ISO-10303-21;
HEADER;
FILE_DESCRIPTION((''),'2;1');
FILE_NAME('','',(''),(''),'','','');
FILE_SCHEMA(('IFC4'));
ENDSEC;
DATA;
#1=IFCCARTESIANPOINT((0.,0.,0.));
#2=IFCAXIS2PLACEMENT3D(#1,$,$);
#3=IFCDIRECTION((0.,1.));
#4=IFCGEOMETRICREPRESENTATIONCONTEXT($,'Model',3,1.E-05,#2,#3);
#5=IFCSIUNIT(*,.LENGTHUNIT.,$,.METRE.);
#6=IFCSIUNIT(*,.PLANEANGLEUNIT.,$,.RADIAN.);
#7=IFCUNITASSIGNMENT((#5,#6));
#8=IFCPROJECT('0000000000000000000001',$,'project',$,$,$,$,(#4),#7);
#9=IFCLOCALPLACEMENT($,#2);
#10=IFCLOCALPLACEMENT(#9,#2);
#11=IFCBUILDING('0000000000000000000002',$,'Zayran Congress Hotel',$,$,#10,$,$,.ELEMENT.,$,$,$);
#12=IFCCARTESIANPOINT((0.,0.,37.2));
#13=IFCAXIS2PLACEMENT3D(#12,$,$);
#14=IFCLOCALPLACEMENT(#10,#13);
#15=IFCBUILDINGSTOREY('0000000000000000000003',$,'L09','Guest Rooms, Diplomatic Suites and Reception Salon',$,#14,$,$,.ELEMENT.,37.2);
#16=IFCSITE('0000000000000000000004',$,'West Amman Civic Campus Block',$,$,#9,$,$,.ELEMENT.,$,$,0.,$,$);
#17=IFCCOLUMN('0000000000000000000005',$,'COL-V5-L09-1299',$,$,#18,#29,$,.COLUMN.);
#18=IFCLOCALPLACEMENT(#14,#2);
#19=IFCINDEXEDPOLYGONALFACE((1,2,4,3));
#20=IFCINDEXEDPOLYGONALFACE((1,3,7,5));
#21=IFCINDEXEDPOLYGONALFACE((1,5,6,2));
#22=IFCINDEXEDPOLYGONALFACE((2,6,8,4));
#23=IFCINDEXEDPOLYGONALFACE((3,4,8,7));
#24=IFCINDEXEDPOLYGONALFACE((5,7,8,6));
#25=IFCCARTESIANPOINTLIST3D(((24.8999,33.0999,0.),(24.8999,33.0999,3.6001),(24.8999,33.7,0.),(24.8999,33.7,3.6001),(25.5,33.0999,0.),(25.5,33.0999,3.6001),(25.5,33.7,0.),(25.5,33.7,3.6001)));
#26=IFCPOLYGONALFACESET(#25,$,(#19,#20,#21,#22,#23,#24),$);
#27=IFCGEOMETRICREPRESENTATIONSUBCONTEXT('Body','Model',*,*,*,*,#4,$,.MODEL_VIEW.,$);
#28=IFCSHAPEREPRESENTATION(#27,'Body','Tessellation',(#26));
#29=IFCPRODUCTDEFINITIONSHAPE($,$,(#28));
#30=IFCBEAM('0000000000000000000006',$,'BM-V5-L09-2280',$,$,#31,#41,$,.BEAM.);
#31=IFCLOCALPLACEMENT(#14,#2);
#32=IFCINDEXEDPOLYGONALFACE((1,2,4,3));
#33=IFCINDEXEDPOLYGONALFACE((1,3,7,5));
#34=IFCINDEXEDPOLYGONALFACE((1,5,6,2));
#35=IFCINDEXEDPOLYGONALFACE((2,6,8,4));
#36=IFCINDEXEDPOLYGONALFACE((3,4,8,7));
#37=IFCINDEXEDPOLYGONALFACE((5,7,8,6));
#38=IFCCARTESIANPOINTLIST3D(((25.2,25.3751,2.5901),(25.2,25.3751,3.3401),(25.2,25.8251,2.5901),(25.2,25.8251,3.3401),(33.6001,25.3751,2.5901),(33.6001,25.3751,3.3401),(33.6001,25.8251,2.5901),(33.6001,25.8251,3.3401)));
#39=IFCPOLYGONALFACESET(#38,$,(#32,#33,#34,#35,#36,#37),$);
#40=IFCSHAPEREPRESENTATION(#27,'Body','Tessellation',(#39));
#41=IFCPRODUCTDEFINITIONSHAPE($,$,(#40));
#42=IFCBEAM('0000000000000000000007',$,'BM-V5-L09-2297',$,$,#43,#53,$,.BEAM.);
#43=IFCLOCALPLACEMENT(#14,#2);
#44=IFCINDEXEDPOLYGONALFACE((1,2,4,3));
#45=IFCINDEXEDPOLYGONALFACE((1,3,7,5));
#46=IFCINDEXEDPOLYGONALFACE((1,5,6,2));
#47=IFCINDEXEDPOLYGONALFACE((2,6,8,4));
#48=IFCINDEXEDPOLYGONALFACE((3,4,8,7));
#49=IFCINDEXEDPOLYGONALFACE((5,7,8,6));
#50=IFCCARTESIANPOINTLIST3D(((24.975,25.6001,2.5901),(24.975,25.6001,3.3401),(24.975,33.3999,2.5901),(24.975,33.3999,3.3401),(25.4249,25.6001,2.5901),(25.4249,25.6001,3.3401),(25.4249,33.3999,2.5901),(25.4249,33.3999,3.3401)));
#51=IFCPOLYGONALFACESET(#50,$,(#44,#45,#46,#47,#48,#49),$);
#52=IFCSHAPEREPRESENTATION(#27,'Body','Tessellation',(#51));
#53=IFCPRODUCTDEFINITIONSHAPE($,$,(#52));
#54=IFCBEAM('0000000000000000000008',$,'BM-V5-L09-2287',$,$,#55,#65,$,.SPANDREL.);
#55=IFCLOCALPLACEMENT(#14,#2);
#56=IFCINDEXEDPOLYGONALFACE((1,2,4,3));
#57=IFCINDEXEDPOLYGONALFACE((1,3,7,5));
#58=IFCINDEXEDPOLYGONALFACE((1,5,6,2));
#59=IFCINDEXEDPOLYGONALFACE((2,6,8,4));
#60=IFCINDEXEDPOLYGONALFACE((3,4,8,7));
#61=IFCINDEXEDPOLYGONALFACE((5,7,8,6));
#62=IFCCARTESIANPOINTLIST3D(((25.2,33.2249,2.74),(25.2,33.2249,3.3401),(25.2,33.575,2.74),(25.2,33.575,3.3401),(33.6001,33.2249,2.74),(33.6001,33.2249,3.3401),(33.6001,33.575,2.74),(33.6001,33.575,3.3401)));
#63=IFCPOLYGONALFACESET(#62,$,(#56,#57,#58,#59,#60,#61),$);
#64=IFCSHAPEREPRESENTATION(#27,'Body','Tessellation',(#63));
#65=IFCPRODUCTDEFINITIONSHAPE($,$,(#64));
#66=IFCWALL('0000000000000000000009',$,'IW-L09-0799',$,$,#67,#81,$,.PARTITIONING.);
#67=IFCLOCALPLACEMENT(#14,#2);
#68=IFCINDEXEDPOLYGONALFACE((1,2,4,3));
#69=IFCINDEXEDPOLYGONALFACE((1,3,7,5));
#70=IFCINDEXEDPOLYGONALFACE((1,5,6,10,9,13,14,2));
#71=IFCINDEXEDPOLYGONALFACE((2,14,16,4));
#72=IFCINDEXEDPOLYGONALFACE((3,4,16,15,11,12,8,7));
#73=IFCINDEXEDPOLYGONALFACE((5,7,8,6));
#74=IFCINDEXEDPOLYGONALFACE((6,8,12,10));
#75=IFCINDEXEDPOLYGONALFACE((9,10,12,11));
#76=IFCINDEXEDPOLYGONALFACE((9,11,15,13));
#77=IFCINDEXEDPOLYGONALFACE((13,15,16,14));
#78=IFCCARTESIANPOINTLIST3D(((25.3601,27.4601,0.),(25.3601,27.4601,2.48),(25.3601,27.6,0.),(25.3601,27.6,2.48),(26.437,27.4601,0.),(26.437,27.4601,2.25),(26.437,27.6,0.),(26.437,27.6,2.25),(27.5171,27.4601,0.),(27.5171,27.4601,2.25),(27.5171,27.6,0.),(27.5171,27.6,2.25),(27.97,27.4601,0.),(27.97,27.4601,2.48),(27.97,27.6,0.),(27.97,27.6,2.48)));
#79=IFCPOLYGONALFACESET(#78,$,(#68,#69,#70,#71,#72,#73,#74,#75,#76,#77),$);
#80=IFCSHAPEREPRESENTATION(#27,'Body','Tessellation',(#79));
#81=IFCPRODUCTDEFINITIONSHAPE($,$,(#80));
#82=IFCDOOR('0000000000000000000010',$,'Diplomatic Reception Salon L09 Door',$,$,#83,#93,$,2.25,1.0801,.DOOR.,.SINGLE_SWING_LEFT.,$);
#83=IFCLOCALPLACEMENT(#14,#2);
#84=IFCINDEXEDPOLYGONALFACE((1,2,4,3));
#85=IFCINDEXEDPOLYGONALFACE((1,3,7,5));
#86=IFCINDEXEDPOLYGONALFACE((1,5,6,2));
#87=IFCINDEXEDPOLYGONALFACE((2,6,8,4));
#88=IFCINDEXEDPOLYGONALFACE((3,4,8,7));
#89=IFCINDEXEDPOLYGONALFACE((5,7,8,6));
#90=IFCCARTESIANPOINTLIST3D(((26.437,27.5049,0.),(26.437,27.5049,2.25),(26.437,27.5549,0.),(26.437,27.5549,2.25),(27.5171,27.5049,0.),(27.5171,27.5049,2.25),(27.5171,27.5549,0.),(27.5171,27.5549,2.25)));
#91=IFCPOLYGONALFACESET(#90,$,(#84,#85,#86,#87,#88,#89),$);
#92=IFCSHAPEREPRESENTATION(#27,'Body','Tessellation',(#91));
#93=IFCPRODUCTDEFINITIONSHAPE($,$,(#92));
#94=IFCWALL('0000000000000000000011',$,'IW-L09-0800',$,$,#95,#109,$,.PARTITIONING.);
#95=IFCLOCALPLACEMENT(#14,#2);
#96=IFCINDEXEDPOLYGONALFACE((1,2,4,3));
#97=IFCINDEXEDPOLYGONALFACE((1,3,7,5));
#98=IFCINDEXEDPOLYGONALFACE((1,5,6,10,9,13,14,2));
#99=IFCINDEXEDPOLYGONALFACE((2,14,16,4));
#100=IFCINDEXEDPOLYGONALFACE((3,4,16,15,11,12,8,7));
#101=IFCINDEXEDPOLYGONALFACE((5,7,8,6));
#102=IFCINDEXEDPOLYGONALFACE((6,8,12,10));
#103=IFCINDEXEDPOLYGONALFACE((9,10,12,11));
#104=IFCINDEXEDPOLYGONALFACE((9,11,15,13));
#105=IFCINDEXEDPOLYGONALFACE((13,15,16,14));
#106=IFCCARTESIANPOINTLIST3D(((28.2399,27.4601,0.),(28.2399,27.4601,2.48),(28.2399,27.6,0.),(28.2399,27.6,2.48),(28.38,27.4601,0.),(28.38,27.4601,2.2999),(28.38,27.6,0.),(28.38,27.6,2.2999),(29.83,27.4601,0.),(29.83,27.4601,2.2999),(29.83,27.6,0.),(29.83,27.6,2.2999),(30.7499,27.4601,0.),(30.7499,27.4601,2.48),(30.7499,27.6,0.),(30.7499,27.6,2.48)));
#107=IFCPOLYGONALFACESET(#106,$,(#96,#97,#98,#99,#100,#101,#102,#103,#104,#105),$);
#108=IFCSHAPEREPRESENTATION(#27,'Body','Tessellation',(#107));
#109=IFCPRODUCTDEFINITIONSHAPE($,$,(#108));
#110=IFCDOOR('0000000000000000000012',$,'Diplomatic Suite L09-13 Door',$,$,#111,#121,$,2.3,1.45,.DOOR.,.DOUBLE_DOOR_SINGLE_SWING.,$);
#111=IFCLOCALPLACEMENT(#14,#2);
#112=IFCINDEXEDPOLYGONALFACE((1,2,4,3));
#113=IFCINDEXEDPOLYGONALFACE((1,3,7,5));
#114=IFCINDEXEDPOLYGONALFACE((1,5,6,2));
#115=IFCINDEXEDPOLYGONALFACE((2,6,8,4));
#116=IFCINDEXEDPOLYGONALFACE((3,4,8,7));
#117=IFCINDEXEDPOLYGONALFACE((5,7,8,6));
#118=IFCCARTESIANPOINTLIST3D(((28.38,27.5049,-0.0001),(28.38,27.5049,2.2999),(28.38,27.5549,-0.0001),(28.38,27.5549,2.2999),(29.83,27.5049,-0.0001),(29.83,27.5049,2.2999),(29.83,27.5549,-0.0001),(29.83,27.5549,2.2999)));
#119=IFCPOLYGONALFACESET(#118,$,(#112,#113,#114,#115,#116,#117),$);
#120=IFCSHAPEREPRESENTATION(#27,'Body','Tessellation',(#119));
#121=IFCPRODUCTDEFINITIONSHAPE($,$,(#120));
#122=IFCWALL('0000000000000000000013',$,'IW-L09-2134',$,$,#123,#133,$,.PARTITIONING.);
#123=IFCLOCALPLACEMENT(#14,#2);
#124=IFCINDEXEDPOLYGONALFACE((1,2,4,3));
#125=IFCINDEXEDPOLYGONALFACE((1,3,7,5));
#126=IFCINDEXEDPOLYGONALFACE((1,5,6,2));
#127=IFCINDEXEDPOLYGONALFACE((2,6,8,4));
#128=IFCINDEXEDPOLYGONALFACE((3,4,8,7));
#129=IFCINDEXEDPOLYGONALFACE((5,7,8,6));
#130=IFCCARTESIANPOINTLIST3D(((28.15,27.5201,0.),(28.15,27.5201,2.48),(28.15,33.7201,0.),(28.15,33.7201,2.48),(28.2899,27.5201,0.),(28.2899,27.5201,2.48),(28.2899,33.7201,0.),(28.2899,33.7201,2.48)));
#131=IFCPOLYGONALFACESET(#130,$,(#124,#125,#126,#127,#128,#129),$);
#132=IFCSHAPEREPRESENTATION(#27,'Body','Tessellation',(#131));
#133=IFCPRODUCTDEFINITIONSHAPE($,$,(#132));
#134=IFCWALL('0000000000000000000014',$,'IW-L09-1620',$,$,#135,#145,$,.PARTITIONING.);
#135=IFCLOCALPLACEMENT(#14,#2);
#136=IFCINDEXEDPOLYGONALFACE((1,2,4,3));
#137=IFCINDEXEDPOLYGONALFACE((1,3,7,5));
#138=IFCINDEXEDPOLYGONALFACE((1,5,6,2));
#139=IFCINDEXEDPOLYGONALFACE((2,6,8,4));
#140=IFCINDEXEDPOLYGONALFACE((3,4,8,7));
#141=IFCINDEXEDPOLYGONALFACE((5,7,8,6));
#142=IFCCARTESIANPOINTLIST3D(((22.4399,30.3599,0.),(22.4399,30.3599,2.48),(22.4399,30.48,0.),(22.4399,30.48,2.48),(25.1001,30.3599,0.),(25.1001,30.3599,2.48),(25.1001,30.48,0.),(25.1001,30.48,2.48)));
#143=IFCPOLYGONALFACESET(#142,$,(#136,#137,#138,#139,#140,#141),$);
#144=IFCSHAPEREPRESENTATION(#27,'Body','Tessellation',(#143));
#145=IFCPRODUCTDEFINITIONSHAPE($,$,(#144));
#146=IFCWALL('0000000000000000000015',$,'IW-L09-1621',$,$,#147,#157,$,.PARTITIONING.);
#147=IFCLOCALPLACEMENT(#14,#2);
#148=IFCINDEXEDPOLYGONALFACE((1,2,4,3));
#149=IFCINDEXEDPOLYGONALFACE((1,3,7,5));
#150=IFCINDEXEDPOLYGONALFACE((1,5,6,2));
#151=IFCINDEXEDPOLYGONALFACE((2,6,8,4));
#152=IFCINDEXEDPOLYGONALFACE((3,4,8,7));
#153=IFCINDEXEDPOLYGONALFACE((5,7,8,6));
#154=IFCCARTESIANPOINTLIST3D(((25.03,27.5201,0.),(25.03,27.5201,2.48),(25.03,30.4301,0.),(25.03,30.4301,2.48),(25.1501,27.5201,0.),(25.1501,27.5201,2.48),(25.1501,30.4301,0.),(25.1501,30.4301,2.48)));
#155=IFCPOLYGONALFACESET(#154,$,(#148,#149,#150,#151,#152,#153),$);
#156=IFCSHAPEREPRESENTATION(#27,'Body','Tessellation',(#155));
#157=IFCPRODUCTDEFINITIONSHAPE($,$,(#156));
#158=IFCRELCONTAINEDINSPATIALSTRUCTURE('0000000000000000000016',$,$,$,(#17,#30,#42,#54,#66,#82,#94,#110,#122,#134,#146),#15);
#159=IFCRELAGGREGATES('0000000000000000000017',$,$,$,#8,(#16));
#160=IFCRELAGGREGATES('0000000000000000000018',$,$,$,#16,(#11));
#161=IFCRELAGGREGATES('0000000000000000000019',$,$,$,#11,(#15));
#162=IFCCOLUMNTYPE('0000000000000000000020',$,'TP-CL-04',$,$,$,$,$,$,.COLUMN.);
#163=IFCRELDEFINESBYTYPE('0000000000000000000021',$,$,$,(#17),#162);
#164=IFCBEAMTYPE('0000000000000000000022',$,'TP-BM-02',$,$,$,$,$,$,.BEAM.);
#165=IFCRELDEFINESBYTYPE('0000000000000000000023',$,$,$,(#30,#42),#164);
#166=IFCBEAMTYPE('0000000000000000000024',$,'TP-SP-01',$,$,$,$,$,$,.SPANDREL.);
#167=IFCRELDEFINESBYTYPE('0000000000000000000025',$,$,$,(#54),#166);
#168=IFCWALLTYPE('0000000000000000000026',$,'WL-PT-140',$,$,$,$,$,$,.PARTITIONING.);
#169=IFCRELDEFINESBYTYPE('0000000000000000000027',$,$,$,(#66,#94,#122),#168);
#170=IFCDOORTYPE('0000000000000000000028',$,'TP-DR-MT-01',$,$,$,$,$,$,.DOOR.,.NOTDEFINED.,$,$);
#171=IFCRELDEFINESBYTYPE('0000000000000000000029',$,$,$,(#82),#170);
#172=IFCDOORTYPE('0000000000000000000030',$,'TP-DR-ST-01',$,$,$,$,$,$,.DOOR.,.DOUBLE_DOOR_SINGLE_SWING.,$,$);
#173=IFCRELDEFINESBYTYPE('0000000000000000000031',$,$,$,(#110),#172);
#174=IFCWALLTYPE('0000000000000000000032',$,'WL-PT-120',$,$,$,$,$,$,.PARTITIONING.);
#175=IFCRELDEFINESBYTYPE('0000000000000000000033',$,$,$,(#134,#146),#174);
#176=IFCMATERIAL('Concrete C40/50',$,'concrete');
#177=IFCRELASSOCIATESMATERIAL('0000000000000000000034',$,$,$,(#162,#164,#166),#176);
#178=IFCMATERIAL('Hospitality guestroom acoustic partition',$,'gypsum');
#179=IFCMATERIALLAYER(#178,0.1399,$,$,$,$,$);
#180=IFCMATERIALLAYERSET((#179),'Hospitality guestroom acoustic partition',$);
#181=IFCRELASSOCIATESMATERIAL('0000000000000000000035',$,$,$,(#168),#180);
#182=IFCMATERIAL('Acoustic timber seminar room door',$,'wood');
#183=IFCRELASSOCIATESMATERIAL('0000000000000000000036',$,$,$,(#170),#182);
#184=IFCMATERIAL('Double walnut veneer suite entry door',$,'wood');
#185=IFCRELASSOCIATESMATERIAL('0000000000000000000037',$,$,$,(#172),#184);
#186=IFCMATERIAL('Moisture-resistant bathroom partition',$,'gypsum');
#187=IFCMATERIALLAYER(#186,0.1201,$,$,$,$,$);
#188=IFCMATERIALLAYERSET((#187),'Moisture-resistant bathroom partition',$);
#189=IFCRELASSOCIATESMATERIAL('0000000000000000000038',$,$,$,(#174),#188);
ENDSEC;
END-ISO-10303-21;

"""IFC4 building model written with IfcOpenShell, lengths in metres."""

from ifc_helpers import new_model, si_unit, direction, frame, frame_2d, origin, origin_2d, place, context, subcontext, project, spatial, rectangle, extrude, material, layer, layer_set, material_profile, profile_set, type_object, element, fill, save


model = new_model("IFC4")

# Units and contexts
model_context = context("Model", 3, precision=1e-05, world=origin(), true_north=direction((0.0, 1.0)))
body_context = subcontext(model_context, "Body", "Model", "MODEL_VIEW")
ifc_project = project(units=[si_unit("LENGTHUNIT", "METRE"), si_unit("PLANEANGLEUNIT", "RADIAN")], contexts=[model_context])

# Site, building, storey
site_placement = place(None, origin())
site = spatial("IfcSite", under=ifc_project, at=site_placement, Name="West Amman Civic Campus Block", CompositionType="ELEMENT", RefElevation=0.0)
building_placement = place(site_placement, origin())
building = spatial("IfcBuilding", under=site, at=building_placement, Name="Zayran Congress Hotel", CompositionType="ELEMENT")
storey_placement = place(building_placement, frame((0.0, 0.0, 37.2)))
storey = spatial("IfcBuildingStorey", under=building, at=storey_placement, Name="L09", Description="Guest Rooms, Diplomatic Suites and Reception Salon", CompositionType="ELEMENT", Elevation=37.2)

# Column
ifc_material_1 = material(Name="Concrete C40/50", Category="concrete")
ifc_material_profile_1 = material_profile(ifc_material_1, rectangle(XDim=0.6001, YDim=0.6001, at=origin_2d()), Name="RC 600x600")
ifc_profile_set_1 = profile_set([ifc_material_profile_1], Name="Concrete C40/50")
column_type = type_object("IfcColumnType", Name="TP-CL-04", PredefinedType="COLUMN", material=ifc_profile_set_1)
column_placement = place(storey_placement, frame((25.2, 33.3999, 0.0), z_axis=(0.0, 0.0, 1.0), x_axis=(1.0, 0.0, 0.0)))
element("IfcColumn", 1, at=column_placement, inside=storey, type_object=column_type, Name="COL-V5-L09-1299", PredefinedType="COLUMN", context=body_context, shape_type="SweptSolid", body=[
    extrude(rectangle(XDim=0.6001, YDim=0.6001, at=origin_2d()), origin(), (0.0, 0.0, 1.0), 3.6001),
])

# Beams
ifc_material_profile_2 = material_profile(ifc_material_1, rectangle(XDim=0.45, YDim=0.75, at=origin_2d()), Name="RC 450x750")
ifc_profile_set_2 = profile_set([ifc_material_profile_2], Name="Concrete C40/50")
beam_type_1 = type_object("IfcBeamType", Name="TP-BM-02", PredefinedType="BEAM", material=ifc_profile_set_2)
beam_1_placement = place(storey_placement, frame((25.2, 25.6001, 2.9651), z_axis=(1.0, 0.0, 0.0), x_axis=(0.0, 1.0, 0.0)))
element("IfcBeam", 2, at=beam_1_placement, inside=storey, type_object=beam_type_1, Name="BM-V5-L09-2280", PredefinedType="BEAM", context=body_context, shape_type="SweptSolid", body=[
    extrude(rectangle(XDim=0.45, YDim=0.75, at=origin_2d()), origin(), (0.0, 0.0, 1.0), 8.4001),
])
beam_2_placement = place(storey_placement, frame((25.2, 25.6001, 2.9651), z_axis=(0.0, 1.0, 0.0), x_axis=(-1.0, 0.0, 0.0)))
element("IfcBeam", 3, at=beam_2_placement, inside=storey, type_object=beam_type_1, Name="BM-V5-L09-2297", PredefinedType="BEAM", context=body_context, shape_type="SweptSolid", body=[
    extrude(rectangle(XDim=0.45, YDim=0.75, at=origin_2d()), origin(), (0.0, 0.0, 1.0), 7.7998),
])
ifc_material_profile_3 = material_profile(ifc_material_1, rectangle(XDim=0.3501, YDim=0.6001, at=origin_2d()), Name="RC 350x600")
ifc_profile_set_3 = profile_set([ifc_material_profile_3], Name="Concrete C40/50")
beam_type_2 = type_object("IfcBeamType", Name="TP-SP-01", PredefinedType="SPANDREL", material=ifc_profile_set_3)
beam_3_placement = place(storey_placement, frame((25.2, 33.3999, 3.04), z_axis=(1.0, 0.0, 0.0), x_axis=(0.0, 1.0, 0.0)))
element("IfcBeam", 4, at=beam_3_placement, inside=storey, type_object=beam_type_2, Name="BM-V5-L09-2287", PredefinedType="SPANDREL", context=body_context, shape_type="SweptSolid", body=[
    extrude(rectangle(XDim=0.3501, YDim=0.6001, at=origin_2d()), origin(), (0.0, 0.0, 1.0), 8.4001),
])

# Walls, openings, doors
ifc_material_2 = material(Name="Hospitality guestroom acoustic partition", Category="gypsum")
ifc_layer_1 = layer(ifc_material_2, 0.1399)
ifc_layer_set_1 = layer_set([ifc_layer_1], Name="Hospitality guestroom acoustic partition")
wall_type_1 = type_object("IfcWallType", Name="WL-PT-140", PredefinedType="PARTITIONING", material=ifc_layer_set_1)
wall_1_placement = place(storey_placement, frame((25.3601, 27.53, 0.0), z_axis=(0.0, 0.0, 1.0), x_axis=(1.0, 0.0, 0.0)))
wall_1 = element("IfcWall", 5, at=wall_1_placement, inside=storey, type_object=wall_type_1, Name="IW-L09-0799", PredefinedType="PARTITIONING", context=body_context, shape_type="SweptSolid", body=[
    extrude(rectangle(XDim=2.6099, YDim=0.1399, at=frame_2d((1.3049, 0.0))), origin(), (0.0, 0.0, 1.0), 2.48),
])
opening_1_placement = place(wall_1_placement, frame((1.0769, 0.0, 0.0)))
opening_1 = element("IfcOpeningElement", 6, at=opening_1_placement, cuts=wall_1, PredefinedType="OPENING", context=body_context, shape_type="SweptSolid", body=[
    extrude(rectangle(XDim=1.0801, YDim=2.25, at=frame_2d((0.54, 1.125))), frame((0.0, 0.0798, 0.0), z_axis=(0.0, -1.0, 0.0), x_axis=(1.0, 0.0, 0.0)), (0.0, 0.0, 1.0), 0.1599),
])
ifc_material_3 = material(Name="Acoustic timber seminar room door", Category="wood")
door_type_1 = type_object("IfcDoorType", Name="TP-DR-MT-01", OperationType="NOTDEFINED", PredefinedType="DOOR", material=ifc_material_3)
door_1_placement = place(opening_1_placement, origin())
door_1 = element("IfcDoor", 7, at=door_1_placement, inside=storey, type_object=door_type_1, Name="Diplomatic Reception Salon L09 Door", OperationType="SINGLE_SWING_LEFT", OverallHeight=2.25, OverallWidth=1.0801, PredefinedType="DOOR", context=body_context, shape_type="SweptSolid", body=[
    extrude(rectangle(XDim=1.0801, YDim=2.25, at=frame_2d((0.54, 1.125))), frame((0.0, 0.0249, 0.0), z_axis=(0.0, -1.0, 0.0), x_axis=(1.0, 0.0, 0.0)), (0.0, 0.0, 1.0), 0.05),
])
fill(opening_1, door_1)
wall_2_placement = place(storey_placement, frame((28.24, 27.53, 0.0), z_axis=(0.0, 0.0, 1.0), x_axis=(1.0, 0.0, 0.0)))
wall_2 = element("IfcWall", 8, at=wall_2_placement, inside=storey, type_object=wall_type_1, Name="IW-L09-0800", PredefinedType="PARTITIONING", context=body_context, shape_type="SweptSolid", body=[
    extrude(rectangle(XDim=2.51, YDim=0.1399, at=frame_2d((1.2549, 0.0))), origin(), (0.0, 0.0, 1.0), 2.48),
])
opening_2_placement = place(wall_2_placement, frame((0.1399, 0.0, 0.0)))
opening_2 = element("IfcOpeningElement", 9, at=opening_2_placement, cuts=wall_2, PredefinedType="OPENING", context=body_context, shape_type="SweptSolid", body=[
    extrude(rectangle(XDim=1.45, YDim=2.3, at=frame_2d((0.7251, 1.1499))), frame((0.0, 0.0798, 0.0), z_axis=(0.0, -1.0, 0.0), x_axis=(1.0, 0.0, 0.0)), (0.0, 0.0, 1.0), 0.1599),
])
ifc_material_4 = material(Name="Double walnut veneer suite entry door", Category="wood")
door_type_2 = type_object("IfcDoorType", Name="TP-DR-ST-01", OperationType="DOUBLE_DOOR_SINGLE_SWING", PredefinedType="DOOR", material=ifc_material_4)
door_2_placement = place(opening_2_placement, origin())
door_2 = element("IfcDoor", 10, at=door_2_placement, inside=storey, type_object=door_type_2, Name="Diplomatic Suite L09-13 Door", OperationType="DOUBLE_DOOR_SINGLE_SWING", OverallHeight=2.3, OverallWidth=1.45, PredefinedType="DOOR", context=body_context, shape_type="SweptSolid", body=[
    extrude(rectangle(XDim=1.45, YDim=2.3, at=frame_2d((0.7251, 1.1499))), frame((0.0, 0.0249, 0.0), z_axis=(0.0, -1.0, 0.0), x_axis=(1.0, 0.0, 0.0)), (0.0, 0.0, 1.0), 0.05),
])
fill(opening_2, door_2)

# Wall
wall_3_placement = place(storey_placement, frame((28.22, 27.52, 0.0), z_axis=(0.0, 0.0, 1.0), x_axis=(0.0, 1.0, 0.0)))
element("IfcWall", 11, at=wall_3_placement, inside=storey, type_object=wall_type_1, Name="IW-L09-2134", PredefinedType="PARTITIONING", context=body_context, shape_type="SweptSolid", body=[
    extrude(rectangle(XDim=6.2, YDim=0.1399, at=frame_2d((3.1001, 0.0))), origin(), (0.0, 0.0, 1.0), 2.48),
])

# Shared definitions
ifc_material_5 = material(Name="Moisture-resistant bathroom partition", Category="gypsum")
ifc_layer_2 = layer(ifc_material_5, 0.1201)
ifc_layer_set_2 = layer_set([ifc_layer_2], Name="Moisture-resistant bathroom partition")
wall_type_2 = type_object("IfcWallType", Name="WL-PT-120", PredefinedType="PARTITIONING", material=ifc_layer_set_2)

# Walls
wall_4_placement = place(storey_placement, frame((22.4399, 30.4199, 0.0), z_axis=(0.0, 0.0, 1.0), x_axis=(1.0, 0.0, 0.0)))
element("IfcWall", 12, at=wall_4_placement, inside=storey, type_object=wall_type_2, Name="IW-L09-1620", PredefinedType="PARTITIONING", context=body_context, shape_type="SweptSolid", body=[
    extrude(rectangle(XDim=2.6602, YDim=0.1201, at=frame_2d((1.3301, 0.0))), origin(), (0.0, 0.0, 1.0), 2.48),
])
wall_5_placement = place(storey_placement, frame((25.0901, 27.52, 0.0), z_axis=(0.0, 0.0, 1.0), x_axis=(0.0, 1.0, 0.0)))
element("IfcWall", 13, at=wall_5_placement, inside=storey, type_object=wall_type_2, Name="IW-L09-1621", PredefinedType="PARTITIONING", context=body_context, shape_type="SweptSolid", body=[
    extrude(rectangle(XDim=2.9099, YDim=0.1201, at=frame_2d((1.4551, 0.0))), origin(), (0.0, 0.0, 1.0), 2.48),
])

save(model, "model.ifc")
